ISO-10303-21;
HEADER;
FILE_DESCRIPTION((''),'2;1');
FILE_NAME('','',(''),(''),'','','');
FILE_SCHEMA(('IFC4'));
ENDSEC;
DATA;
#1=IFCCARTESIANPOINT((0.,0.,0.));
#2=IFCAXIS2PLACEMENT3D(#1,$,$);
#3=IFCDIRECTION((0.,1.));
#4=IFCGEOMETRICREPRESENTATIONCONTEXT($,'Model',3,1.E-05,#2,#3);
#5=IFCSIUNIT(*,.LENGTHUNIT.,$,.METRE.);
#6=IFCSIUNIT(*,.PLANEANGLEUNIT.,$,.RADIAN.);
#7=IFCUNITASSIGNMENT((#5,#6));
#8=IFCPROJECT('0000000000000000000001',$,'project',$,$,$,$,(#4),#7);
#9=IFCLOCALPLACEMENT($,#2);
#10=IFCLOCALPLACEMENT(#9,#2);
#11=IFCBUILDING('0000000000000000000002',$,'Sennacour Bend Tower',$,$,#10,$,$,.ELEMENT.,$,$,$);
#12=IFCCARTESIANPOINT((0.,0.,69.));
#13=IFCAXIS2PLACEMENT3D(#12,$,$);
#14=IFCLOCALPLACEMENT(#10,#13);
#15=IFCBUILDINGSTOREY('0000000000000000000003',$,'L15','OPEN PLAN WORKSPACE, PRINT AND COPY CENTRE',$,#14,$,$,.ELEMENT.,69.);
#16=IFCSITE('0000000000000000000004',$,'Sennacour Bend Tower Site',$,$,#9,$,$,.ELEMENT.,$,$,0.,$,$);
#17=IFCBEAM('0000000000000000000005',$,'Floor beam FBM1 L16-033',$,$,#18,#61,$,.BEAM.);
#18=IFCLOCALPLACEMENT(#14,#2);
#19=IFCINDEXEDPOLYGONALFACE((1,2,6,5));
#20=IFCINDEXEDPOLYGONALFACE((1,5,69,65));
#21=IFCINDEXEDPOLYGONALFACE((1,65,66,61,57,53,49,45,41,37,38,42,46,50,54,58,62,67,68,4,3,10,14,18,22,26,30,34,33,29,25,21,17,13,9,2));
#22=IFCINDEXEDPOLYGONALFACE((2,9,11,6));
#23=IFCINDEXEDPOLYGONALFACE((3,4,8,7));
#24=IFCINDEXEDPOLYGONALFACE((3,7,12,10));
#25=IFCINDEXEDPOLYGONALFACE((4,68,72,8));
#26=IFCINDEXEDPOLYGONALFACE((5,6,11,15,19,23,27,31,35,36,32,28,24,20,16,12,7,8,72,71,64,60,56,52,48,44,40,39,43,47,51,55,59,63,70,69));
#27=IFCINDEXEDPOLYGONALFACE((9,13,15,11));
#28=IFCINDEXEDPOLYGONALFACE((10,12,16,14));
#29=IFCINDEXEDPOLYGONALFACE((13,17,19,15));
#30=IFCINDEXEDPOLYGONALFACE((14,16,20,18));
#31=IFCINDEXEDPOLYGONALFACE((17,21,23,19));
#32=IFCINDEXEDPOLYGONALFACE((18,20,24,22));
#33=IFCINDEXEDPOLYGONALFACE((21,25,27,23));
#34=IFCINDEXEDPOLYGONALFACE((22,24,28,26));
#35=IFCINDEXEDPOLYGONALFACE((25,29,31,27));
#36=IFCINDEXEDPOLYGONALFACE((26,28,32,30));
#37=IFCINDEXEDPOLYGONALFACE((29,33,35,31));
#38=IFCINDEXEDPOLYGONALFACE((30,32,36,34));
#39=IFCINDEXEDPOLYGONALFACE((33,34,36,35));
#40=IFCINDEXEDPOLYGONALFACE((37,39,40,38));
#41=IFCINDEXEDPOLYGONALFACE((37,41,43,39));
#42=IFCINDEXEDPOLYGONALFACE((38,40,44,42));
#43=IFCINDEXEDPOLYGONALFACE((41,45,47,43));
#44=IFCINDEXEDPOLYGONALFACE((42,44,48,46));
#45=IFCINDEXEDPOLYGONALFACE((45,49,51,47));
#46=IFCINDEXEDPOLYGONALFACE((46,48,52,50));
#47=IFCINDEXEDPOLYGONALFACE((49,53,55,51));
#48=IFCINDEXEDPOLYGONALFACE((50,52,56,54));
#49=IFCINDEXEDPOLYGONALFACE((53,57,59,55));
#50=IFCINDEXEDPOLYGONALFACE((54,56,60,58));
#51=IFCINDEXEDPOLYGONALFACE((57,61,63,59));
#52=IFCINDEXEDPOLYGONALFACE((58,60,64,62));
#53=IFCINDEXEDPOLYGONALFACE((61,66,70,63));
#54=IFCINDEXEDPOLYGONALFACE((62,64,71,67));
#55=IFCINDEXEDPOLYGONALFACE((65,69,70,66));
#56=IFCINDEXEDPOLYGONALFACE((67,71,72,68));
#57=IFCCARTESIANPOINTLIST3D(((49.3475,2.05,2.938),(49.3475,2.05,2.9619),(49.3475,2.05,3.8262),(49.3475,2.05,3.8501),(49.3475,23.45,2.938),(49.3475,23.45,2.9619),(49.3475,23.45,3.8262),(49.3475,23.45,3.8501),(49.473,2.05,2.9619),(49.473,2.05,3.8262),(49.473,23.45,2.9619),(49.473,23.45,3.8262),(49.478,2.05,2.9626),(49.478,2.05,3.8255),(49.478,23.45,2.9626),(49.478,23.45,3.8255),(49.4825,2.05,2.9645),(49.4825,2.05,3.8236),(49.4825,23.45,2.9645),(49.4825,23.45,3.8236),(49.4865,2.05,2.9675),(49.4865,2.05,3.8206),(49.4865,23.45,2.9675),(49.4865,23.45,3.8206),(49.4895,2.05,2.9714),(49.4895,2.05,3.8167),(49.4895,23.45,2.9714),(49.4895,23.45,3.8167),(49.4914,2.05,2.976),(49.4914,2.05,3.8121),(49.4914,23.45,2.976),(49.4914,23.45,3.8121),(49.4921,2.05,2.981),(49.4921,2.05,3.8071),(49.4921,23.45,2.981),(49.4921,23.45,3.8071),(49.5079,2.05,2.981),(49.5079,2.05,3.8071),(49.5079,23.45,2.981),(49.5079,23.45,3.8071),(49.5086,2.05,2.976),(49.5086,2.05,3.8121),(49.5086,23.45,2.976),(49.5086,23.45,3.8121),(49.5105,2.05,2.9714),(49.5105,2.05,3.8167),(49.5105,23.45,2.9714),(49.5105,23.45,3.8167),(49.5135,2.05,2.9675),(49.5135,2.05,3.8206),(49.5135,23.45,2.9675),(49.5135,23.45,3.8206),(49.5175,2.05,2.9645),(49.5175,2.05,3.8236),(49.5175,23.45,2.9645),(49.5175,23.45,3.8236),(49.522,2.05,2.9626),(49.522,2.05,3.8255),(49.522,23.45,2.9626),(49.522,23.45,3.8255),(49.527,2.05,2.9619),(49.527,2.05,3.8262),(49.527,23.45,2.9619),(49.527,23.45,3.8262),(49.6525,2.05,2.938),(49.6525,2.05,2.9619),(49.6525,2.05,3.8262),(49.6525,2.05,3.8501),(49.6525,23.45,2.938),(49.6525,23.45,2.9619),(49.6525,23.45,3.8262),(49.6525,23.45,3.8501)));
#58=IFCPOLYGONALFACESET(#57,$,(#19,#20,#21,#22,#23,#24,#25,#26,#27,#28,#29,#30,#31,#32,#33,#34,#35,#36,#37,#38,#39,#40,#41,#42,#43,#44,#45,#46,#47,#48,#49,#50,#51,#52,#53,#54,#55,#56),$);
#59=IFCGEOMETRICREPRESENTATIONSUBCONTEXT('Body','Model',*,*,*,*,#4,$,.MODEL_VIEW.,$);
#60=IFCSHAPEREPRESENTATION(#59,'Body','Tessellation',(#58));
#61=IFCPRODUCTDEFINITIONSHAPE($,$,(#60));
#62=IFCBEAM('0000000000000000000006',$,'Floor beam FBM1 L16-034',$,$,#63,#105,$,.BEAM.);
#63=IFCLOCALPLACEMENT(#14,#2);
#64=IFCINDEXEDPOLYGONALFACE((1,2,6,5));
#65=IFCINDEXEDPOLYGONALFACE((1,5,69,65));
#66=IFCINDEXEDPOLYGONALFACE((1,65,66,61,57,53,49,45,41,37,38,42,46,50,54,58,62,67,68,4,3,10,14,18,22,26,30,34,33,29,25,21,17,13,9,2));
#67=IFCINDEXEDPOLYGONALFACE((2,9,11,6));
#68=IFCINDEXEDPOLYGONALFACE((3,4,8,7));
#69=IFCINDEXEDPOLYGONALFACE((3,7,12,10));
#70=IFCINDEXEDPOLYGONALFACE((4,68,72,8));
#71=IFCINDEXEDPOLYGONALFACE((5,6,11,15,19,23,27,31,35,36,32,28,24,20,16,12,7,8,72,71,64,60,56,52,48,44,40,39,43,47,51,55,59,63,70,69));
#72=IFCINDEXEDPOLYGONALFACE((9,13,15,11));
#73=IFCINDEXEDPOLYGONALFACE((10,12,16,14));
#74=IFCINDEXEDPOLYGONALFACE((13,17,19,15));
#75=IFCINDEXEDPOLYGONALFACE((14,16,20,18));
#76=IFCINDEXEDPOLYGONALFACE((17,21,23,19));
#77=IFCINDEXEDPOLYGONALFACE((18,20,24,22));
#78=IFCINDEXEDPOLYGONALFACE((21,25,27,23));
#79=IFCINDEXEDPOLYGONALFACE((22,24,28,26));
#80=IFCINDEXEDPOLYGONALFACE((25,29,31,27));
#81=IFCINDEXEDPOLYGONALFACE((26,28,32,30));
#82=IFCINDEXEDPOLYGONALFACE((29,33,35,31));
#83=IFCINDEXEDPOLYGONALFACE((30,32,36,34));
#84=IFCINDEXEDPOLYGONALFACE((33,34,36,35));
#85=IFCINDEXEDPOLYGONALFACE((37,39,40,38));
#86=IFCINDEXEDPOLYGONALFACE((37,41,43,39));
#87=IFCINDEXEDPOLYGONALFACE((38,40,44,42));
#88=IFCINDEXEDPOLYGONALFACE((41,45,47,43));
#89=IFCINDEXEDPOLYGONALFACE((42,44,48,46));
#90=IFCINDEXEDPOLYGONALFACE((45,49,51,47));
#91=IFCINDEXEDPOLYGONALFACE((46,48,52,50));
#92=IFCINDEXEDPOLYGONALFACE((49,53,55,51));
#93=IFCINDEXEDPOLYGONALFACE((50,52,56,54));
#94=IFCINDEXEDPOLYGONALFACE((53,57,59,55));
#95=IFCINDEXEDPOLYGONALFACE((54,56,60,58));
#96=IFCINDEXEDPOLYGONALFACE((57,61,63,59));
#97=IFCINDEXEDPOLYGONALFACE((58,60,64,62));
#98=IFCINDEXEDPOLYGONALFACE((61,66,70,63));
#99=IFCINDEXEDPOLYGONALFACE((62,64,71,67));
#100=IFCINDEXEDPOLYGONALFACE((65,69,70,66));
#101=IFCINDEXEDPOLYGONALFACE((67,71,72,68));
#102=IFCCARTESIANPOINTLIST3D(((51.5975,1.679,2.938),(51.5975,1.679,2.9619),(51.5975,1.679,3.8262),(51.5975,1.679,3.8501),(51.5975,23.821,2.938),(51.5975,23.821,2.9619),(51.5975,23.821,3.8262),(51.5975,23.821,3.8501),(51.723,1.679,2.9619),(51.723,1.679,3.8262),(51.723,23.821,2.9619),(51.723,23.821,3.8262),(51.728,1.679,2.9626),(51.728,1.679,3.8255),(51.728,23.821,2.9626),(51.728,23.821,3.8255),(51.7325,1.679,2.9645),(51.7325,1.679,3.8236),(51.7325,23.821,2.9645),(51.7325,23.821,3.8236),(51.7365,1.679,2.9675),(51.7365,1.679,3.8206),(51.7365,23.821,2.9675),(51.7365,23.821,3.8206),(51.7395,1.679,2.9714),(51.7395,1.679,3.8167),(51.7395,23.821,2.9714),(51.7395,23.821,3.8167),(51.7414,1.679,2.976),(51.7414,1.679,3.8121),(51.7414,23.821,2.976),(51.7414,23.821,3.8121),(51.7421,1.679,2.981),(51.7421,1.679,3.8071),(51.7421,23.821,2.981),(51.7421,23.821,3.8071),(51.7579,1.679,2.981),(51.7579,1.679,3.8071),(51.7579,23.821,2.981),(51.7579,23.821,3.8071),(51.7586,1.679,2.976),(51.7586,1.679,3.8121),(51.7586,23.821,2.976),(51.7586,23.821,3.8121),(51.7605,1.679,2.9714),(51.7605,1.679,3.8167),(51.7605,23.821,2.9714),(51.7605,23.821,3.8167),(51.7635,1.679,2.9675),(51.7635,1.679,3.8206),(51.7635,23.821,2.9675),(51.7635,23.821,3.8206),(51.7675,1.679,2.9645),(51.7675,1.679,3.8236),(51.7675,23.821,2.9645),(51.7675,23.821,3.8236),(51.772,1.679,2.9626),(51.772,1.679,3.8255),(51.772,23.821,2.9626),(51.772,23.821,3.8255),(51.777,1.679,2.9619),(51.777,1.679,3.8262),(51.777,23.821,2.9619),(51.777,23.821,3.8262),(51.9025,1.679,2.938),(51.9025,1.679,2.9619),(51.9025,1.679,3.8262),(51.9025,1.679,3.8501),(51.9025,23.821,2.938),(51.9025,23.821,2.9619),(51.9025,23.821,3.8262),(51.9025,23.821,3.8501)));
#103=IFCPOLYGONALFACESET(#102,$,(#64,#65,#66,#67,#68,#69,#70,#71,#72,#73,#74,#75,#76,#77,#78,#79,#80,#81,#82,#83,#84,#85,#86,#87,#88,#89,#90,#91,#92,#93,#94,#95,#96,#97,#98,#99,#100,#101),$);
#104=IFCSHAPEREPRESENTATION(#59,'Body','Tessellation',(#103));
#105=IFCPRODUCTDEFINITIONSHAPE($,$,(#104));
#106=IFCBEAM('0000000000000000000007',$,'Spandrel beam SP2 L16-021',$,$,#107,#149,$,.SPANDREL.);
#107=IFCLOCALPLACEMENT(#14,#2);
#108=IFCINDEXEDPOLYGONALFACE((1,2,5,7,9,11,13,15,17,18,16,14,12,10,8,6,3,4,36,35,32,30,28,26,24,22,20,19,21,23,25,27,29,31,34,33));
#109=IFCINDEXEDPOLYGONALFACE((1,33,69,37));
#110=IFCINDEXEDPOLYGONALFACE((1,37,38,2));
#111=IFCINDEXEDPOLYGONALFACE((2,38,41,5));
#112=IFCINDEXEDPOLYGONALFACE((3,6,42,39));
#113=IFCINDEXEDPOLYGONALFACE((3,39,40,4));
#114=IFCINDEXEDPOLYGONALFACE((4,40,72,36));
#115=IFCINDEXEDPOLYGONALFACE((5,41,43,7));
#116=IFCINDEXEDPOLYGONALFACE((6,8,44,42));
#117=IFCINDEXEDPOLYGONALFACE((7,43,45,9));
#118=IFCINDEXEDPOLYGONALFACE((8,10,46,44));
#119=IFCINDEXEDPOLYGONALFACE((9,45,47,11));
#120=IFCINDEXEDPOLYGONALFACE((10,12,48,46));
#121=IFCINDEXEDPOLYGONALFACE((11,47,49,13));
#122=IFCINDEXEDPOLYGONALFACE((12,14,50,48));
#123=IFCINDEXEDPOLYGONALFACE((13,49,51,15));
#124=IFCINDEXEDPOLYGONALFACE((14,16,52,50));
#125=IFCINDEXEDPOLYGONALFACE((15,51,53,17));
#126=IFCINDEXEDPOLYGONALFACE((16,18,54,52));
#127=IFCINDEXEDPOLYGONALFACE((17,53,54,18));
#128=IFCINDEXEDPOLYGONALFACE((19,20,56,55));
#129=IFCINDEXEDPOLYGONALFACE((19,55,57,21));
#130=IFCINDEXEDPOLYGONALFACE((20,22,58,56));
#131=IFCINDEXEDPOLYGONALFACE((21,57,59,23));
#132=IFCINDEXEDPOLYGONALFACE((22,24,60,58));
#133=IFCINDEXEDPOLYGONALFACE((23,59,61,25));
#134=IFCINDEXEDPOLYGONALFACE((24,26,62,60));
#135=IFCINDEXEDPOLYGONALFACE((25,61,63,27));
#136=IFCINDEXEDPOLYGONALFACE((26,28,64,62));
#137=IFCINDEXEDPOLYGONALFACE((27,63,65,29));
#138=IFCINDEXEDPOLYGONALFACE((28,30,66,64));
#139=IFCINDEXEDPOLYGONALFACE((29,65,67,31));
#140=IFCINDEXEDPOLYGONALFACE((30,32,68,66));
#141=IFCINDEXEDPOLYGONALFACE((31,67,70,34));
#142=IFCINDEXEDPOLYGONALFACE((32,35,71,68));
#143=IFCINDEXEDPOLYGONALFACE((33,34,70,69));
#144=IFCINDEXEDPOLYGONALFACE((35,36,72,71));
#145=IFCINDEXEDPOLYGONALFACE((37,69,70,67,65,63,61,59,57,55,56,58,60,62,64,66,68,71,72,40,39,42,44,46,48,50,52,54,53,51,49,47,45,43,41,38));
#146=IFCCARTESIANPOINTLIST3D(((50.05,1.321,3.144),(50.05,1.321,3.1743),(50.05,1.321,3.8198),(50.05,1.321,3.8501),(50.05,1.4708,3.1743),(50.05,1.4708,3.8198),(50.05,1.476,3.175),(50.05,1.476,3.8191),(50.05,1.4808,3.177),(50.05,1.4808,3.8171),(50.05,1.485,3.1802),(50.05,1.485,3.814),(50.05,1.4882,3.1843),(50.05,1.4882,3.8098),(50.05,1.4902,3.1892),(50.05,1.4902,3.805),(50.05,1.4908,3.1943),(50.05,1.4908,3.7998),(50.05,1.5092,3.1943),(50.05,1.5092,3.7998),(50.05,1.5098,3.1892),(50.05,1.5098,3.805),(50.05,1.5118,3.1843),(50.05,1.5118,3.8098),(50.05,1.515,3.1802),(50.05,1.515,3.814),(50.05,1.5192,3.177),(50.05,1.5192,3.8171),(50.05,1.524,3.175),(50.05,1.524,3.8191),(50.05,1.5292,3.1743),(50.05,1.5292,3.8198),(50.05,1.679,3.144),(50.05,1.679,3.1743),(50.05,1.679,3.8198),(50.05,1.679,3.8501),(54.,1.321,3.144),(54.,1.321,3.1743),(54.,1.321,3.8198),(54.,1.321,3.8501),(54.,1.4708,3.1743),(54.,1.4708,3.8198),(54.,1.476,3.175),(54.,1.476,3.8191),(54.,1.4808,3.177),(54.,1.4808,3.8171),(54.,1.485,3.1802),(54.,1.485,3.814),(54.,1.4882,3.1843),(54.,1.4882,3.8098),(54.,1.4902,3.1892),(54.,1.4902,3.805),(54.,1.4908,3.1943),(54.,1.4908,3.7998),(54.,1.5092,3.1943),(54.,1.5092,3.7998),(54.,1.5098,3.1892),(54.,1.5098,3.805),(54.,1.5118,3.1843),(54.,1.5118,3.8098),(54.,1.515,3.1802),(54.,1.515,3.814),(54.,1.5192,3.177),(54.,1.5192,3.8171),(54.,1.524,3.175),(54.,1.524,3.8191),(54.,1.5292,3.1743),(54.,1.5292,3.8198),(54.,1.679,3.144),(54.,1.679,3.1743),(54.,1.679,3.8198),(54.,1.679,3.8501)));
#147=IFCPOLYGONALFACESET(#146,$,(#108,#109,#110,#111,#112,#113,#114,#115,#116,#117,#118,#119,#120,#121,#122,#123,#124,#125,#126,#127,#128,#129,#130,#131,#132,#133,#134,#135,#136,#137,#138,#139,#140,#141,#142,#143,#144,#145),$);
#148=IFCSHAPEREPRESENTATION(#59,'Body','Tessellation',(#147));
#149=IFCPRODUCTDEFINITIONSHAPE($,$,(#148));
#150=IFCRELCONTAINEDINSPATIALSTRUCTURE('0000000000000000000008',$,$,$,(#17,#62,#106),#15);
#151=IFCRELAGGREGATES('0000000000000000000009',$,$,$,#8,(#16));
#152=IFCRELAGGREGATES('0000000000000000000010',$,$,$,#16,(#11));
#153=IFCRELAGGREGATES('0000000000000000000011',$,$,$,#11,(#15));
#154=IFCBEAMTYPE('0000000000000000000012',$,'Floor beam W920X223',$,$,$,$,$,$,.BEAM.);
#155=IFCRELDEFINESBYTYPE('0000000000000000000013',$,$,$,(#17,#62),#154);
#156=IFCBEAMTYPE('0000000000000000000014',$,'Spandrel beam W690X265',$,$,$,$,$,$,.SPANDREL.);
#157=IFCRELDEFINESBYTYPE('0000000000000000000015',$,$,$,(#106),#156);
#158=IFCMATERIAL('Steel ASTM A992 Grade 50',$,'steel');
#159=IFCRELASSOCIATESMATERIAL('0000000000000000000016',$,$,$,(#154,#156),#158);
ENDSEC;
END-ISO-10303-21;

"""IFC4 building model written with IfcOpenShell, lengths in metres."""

from ifc_helpers import new_model, si_unit, direction, frame, origin, origin_2d, place, context, subcontext, project, spatial, i_section, extrude, material, material_profile, profile_set, type_object, element, save


model = new_model("IFC4")

# Units and contexts
model_context = context("Model", 3, precision=1e-05, world=origin(), true_north=direction((0.0, 1.0)))
body_context = subcontext(model_context, "Body", "Model", "MODEL_VIEW")
ifc_project = project(units=[si_unit("LENGTHUNIT", "METRE"), si_unit("PLANEANGLEUNIT", "RADIAN")], contexts=[model_context])

# Site, building, storey
site_placement = place(None, origin())
site = spatial("IfcSite", under=ifc_project, at=site_placement, Name="Sennacour Bend Tower Site", CompositionType="ELEMENT", RefElevation=0.0)
building_placement = place(site_placement, origin())
building = spatial("IfcBuilding", under=site, at=building_placement, Name="Sennacour Bend Tower", CompositionType="ELEMENT")
storey_placement = place(building_placement, frame((0.0, 0.0, 69.0)))
storey = spatial("IfcBuildingStorey", under=building, at=storey_placement, Name="L15", Description="OPEN PLAN WORKSPACE, PRINT AND COPY CENTRE", CompositionType="ELEMENT", Elevation=69.0)

# Beams
ifc_material_1 = material(Name="Steel ASTM A992 Grade 50", Category="steel")
ifc_material_profile_1 = material_profile(ifc_material_1, i_section(OverallWidth=0.3049, OverallDepth=0.9121, WebThickness=0.0159, FlangeThickness=0.0239, FilletRadius=0.019, at=origin_2d()), Name="Steel ASTM A992 Grade 50", Category="steel")
ifc_profile_set_1 = profile_set([ifc_material_profile_1], Name="Steel ASTM A992 Grade 50")
beam_type_1 = type_object("IfcBeamType", Name="Floor beam W920X223", PredefinedType="BEAM", material=ifc_profile_set_1)
beam_1_placement = place(storey_placement, frame((49.5, 2.05, 3.394), z_axis=(0.0, 1.0, 0.0), x_axis=(-1.0, 0.0, 0.0)))
element("IfcBeam", 1, at=beam_1_placement, inside=storey, type_object=beam_type_1, Name="Floor beam FBM1 L16-033", PredefinedType="BEAM", context=body_context, shape_type="SweptSolid", body=[
    extrude(i_section(OverallWidth=0.3049, OverallDepth=0.9121, WebThickness=0.0159, FlangeThickness=0.0239, FilletRadius=0.019, at=origin_2d()), origin(), (0.0, 0.0, 1.0), 21.3999),
])
beam_2_placement = place(storey_placement, frame((51.75, 1.679, 3.394), z_axis=(0.0, 1.0, 0.0), x_axis=(-1.0, 0.0, 0.0)))
element("IfcBeam", 2, at=beam_2_placement, inside=storey, type_object=beam_type_1, Name="Floor beam FBM1 L16-034", PredefinedType="BEAM", context=body_context, shape_type="SweptSolid", body=[
    extrude(i_section(OverallWidth=0.3049, OverallDepth=0.9121, WebThickness=0.0159, FlangeThickness=0.0239, FilletRadius=0.019, at=origin_2d()), origin(), (0.0, 0.0, 1.0), 22.1421),
])
ifc_material_profile_2 = material_profile(ifc_material_1, i_section(OverallWidth=0.3579, OverallDepth=0.7061, WebThickness=0.0183, FlangeThickness=0.0303, FilletRadius=0.02, at=origin_2d()), Name="Steel ASTM A992 Grade 50", Category="steel")
ifc_profile_set_2 = profile_set([ifc_material_profile_2], Name="Steel ASTM A992 Grade 50")
beam_type_2 = type_object("IfcBeamType", Name="Spandrel beam W690X265", PredefinedType="SPANDREL", material=ifc_profile_set_2)
beam_3_placement = place(storey_placement, frame((54.0, 1.5, 3.4971), z_axis=(-1.0, 0.0, 0.0), x_axis=(0.0, -1.0, 0.0)))
element("IfcBeam", 3, at=beam_3_placement, inside=storey, type_object=beam_type_2, Name="Spandrel beam SP2 L16-021", PredefinedType="SPANDREL", context=body_context, shape_type="SweptSolid", body=[
    extrude(i_section(OverallWidth=0.3579, OverallDepth=0.7061, WebThickness=0.0183, FlangeThickness=0.0303, FilletRadius=0.02, at=origin_2d()), origin(), (0.0, 0.0, 1.0), 3.95),
])

save(model, "model.ifc")
